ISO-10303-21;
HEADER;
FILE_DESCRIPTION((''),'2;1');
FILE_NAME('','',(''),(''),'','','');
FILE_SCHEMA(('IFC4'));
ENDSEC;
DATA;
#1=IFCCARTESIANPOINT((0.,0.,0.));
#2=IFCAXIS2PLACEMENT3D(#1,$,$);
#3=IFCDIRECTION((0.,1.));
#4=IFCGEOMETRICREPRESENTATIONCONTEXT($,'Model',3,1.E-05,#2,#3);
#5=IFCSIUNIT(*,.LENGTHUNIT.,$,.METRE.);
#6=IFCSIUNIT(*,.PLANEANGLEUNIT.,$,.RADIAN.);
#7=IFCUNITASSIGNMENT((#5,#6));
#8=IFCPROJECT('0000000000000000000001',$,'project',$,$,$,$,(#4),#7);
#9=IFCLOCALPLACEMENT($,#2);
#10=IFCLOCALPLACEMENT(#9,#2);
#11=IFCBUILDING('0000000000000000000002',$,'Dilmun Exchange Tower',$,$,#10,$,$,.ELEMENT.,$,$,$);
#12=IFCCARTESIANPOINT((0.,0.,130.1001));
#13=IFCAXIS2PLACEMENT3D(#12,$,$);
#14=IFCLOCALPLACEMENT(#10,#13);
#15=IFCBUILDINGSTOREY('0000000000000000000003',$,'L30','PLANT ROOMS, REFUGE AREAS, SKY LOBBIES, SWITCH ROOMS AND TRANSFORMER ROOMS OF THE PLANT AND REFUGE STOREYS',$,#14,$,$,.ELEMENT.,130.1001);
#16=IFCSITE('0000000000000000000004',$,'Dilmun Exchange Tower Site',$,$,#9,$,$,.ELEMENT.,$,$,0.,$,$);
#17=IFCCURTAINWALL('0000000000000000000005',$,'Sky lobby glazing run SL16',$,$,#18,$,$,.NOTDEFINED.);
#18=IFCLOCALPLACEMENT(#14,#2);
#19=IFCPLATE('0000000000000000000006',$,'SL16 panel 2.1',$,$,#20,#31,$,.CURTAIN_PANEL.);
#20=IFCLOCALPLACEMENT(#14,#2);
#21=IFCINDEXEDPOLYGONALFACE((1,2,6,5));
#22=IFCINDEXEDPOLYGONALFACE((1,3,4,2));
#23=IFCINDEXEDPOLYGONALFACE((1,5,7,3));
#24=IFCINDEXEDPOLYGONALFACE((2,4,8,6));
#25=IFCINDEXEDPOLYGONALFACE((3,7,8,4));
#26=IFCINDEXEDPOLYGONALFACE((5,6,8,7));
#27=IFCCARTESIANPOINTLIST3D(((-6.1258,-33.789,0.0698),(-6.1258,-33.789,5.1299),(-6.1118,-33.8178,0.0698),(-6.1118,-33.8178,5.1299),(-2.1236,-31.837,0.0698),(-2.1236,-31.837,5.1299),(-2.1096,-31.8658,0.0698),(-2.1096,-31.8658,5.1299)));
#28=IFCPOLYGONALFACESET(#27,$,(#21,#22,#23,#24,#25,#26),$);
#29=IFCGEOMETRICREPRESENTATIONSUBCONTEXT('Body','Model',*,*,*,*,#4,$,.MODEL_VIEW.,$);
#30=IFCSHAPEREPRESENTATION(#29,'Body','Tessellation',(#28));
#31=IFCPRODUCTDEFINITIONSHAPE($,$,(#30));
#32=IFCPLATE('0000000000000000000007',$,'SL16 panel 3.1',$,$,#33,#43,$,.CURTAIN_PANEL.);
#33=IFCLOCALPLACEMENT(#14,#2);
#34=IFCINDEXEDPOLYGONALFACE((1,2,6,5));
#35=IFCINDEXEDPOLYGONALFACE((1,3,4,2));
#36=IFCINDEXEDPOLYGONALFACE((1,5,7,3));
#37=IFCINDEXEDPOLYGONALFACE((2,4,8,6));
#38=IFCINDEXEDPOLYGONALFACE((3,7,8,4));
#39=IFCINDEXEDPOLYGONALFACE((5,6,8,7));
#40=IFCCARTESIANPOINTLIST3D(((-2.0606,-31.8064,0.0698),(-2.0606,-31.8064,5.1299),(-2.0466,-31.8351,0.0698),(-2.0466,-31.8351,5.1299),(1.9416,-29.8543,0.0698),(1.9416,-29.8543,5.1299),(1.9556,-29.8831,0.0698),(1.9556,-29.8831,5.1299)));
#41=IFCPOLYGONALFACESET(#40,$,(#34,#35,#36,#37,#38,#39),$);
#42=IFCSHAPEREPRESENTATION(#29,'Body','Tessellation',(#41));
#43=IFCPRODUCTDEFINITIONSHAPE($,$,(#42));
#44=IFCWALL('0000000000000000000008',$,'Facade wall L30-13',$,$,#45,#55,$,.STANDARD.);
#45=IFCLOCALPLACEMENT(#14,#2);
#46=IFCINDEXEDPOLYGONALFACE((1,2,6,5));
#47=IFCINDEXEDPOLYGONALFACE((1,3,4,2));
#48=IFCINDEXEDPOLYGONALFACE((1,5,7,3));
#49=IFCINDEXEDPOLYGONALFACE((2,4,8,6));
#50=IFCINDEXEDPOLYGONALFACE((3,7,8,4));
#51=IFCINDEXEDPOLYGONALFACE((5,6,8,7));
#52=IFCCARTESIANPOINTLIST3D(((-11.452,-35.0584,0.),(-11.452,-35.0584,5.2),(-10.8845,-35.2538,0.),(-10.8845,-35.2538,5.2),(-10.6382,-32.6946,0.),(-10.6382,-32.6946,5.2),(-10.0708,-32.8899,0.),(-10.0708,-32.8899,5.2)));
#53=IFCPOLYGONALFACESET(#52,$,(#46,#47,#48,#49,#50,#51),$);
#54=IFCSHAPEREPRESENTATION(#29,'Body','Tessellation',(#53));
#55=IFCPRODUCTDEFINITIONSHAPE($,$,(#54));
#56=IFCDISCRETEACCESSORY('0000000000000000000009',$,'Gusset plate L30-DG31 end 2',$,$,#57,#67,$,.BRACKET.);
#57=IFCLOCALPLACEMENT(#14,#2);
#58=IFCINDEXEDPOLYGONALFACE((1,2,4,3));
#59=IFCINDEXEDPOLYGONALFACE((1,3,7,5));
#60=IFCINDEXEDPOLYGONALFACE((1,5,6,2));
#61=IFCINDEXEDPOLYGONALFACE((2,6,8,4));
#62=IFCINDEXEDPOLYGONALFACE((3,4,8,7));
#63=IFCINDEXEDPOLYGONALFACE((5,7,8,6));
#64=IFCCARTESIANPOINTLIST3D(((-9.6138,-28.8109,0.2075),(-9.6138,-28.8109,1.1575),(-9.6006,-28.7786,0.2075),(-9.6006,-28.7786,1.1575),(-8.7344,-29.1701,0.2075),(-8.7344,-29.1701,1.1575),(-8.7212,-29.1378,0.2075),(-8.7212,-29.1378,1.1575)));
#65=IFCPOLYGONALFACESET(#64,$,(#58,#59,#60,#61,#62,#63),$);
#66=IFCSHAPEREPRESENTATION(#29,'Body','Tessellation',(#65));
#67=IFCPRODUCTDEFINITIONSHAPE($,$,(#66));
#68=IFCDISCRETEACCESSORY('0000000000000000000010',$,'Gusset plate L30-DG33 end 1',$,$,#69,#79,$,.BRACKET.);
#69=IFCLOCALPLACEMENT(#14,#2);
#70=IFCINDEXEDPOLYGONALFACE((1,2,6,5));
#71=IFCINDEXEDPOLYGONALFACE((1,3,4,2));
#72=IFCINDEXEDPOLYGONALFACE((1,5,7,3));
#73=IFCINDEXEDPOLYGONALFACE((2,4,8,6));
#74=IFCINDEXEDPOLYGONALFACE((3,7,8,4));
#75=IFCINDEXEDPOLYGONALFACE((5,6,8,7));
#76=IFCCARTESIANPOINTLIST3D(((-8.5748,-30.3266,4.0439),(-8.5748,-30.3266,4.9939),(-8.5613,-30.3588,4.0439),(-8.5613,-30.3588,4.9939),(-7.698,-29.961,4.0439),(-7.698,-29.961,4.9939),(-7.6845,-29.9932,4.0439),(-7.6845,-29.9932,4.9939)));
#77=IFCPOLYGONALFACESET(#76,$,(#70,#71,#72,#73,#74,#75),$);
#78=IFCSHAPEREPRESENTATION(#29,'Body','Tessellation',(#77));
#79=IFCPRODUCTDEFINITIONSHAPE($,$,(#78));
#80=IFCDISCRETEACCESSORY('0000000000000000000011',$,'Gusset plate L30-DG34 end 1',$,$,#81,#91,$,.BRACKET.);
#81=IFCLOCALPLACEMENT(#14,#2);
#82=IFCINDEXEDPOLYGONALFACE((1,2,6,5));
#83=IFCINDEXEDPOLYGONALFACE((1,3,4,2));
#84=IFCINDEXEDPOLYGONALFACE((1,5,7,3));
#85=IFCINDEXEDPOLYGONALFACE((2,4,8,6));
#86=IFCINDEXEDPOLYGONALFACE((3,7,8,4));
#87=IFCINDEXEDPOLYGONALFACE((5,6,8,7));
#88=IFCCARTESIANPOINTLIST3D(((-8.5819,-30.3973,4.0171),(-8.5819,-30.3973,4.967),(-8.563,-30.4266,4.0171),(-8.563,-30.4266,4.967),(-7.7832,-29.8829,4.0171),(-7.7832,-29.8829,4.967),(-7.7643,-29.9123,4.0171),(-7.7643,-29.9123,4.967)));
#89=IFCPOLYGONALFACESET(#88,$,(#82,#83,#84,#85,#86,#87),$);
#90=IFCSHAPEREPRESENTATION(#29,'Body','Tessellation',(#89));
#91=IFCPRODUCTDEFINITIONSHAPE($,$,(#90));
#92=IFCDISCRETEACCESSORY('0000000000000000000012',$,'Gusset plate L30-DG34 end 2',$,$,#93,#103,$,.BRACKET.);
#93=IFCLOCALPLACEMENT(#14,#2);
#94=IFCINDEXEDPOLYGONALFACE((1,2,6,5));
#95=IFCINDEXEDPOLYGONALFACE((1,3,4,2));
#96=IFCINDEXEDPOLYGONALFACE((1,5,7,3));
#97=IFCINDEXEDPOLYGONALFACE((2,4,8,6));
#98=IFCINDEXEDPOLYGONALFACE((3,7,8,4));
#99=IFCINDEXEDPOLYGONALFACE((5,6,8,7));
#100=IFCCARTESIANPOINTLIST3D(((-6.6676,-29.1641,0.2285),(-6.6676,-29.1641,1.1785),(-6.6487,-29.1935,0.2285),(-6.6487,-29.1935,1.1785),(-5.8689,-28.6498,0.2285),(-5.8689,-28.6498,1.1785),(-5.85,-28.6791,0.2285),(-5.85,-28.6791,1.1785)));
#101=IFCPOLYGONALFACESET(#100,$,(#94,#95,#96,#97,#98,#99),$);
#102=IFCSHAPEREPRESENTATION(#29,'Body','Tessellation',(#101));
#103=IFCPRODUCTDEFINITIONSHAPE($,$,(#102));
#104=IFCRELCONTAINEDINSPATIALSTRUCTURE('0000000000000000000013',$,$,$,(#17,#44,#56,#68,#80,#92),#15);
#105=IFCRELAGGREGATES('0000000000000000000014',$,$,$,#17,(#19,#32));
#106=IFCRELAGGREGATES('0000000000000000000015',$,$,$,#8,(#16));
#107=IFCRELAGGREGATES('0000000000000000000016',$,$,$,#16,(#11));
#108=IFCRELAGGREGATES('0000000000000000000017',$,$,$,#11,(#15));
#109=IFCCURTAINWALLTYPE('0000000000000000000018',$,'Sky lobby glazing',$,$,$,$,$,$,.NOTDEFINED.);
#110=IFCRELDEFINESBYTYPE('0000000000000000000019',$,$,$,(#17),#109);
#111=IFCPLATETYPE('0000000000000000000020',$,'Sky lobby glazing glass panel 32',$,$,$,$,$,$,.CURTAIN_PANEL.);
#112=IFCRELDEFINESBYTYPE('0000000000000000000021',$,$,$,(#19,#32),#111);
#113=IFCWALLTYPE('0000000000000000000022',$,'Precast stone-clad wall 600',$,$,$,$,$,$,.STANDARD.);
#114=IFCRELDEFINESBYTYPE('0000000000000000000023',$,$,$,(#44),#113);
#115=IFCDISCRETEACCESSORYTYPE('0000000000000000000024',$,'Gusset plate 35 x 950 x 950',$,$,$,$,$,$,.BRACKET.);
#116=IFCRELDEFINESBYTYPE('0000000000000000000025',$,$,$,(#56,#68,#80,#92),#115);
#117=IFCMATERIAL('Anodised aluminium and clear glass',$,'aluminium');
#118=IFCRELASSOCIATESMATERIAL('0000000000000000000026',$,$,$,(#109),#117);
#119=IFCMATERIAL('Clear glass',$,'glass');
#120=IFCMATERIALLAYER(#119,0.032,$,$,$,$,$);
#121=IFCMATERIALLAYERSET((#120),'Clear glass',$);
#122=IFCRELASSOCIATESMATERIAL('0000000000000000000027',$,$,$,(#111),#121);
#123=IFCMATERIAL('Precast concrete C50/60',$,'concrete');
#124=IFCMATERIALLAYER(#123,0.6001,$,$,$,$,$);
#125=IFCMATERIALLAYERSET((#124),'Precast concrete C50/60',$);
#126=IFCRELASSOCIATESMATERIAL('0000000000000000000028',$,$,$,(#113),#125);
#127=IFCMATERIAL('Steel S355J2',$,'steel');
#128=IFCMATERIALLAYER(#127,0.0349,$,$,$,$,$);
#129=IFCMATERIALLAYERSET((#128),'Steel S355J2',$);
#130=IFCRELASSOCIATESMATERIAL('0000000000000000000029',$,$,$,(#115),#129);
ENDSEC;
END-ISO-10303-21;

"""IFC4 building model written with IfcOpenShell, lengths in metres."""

from ifc_helpers import new_model, si_unit, direction, frame, frame_2d, origin, origin_2d, place, context, subcontext, project, spatial, rectangle, extrude, material, layer, layer_set, type_object, element, aggregate, save


model = new_model("IFC4")

# Units and contexts
model_context = context("Model", 3, precision=1e-05, world=origin(), true_north=direction((0.0, 1.0)))
body_context = subcontext(model_context, "Body", "Model", "MODEL_VIEW")
ifc_project = project(units=[si_unit("LENGTHUNIT", "METRE"), si_unit("PLANEANGLEUNIT", "RADIAN")], contexts=[model_context])

# Site, building, storey
site_placement = place(None, origin())
site = spatial("IfcSite", under=ifc_project, at=site_placement, Name="Dilmun Exchange Tower Site", CompositionType="ELEMENT", RefElevation=0.0)
building_placement = place(site_placement, origin())
building = spatial("IfcBuilding", under=site, at=building_placement, Name="Dilmun Exchange Tower", CompositionType="ELEMENT")
storey_placement = place(building_placement, frame((0.0, 0.0, 130.1001)))
storey = spatial("IfcBuildingStorey", under=building, at=storey_placement, Name="L30", Description="PLANT ROOMS, REFUGE AREAS, SKY LOBBIES, SWITCH ROOMS AND TRANSFORMER ROOMS OF THE PLANT AND REFUGE STOREYS", CompositionType="ELEMENT", Elevation=130.1001)

# Curtain wall
ifc_material_1 = material(Name="Anodised aluminium and clear glass", Category="aluminium")
curtain_wall_type = type_object("IfcCurtainWallType", Name="Sky lobby glazing", PredefinedType="NOTDEFINED", material=ifc_material_1)
curtain_wall_placement = place(storey_placement, origin())
curtain_wall = element("IfcCurtainWall", 1, at=curtain_wall_placement, inside=storey, type_object=curtain_wall_type, Name="Sky lobby glazing run SL16", PredefinedType="NOTDEFINED")

# Plates
ifc_material_2 = material(Name="Clear glass", Category="glass")
ifc_layer_1 = layer(ifc_material_2, 0.032)
ifc_layer_set_1 = layer_set([ifc_layer_1], Name="Clear glass")
plate_type = type_object("IfcPlateType", Name="Sky lobby glazing glass panel 32", PredefinedType="CURTAIN_PANEL", material=ifc_layer_set_1)
plate_1_placement = place(storey_placement, frame((-4.1177, -32.8274, 0.0698), z_axis=(0.0, 0.0, 1.0), x_axis=(0.898794, 0.438371, 0.0)))
plate_1 = element("IfcPlate", 2, at=plate_1_placement, type_object=plate_type, Name="SL16 panel 2.1", PredefinedType="CURTAIN_PANEL", context=body_context, shape_type="SweptSolid", body=[
    extrude(rectangle(XDim=4.4529, YDim=0.032, at=origin_2d()), origin(), (0.0, 0.0, 1.0), 5.0601),
])
plate_2_placement = place(storey_placement, frame((-0.0525, -30.8447, 0.0698), z_axis=(0.0, 0.0, 1.0), x_axis=(0.898794, 0.438371, 0.0)))
plate_2 = element("IfcPlate", 3, at=plate_2_placement, type_object=plate_type, Name="SL16 panel 3.1", PredefinedType="CURTAIN_PANEL", context=body_context, shape_type="SweptSolid", body=[
    extrude(rectangle(XDim=4.4529, YDim=0.032, at=origin_2d()), origin(), (0.0, 0.0, 1.0), 5.0601),
])
aggregate(curtain_wall, [plate_1, plate_2])

# Wall
ifc_material_3 = material(Name="Precast concrete C50/60", Category="concrete")
ifc_layer_2 = layer(ifc_material_3, 0.6001)
ifc_layer_set_2 = layer_set([ifc_layer_2], Name="Precast concrete C50/60")
wall_type = type_object("IfcWallType", Name="Precast stone-clad wall 600", PredefinedType="STANDARD", material=ifc_layer_set_2)
wall_placement = place(storey_placement, frame((-10.3545, -32.7922, 0.0), z_axis=(0.0, 0.0, 1.0), x_axis=(-0.3255, -0.945542, 0.0)))
element("IfcWall", 4, at=wall_placement, inside=storey, type_object=wall_type, Name="Facade wall L30-13", PredefinedType="STANDARD", context=body_context, shape_type="SweptSolid", body=[
    extrude(rectangle(XDim=2.5, YDim=0.6001, at=frame_2d((1.25, 0.0))), origin(), (0.0, 0.0, 1.0), 5.2),
])

# Discrete accessories
ifc_material_4 = material(Name="Steel S355J2", Category="steel")
ifc_layer_3 = layer(ifc_material_4, 0.0349)
ifc_layer_set_3 = layer_set([ifc_layer_3], Name="Steel S355J2")
discrete_accessory_type = type_object("IfcDiscreteAccessoryType", Name="Gusset plate 35 x 950 x 950", PredefinedType="BRACKET", material=ifc_layer_set_3)
for number, where, z_axis, x_axis, name in (
    (5, (-9.1675, -28.9744, 0.2075), (0.0, 0.0, 1.0), (0.925738, -0.378166, 0.0), "Gusset plate L30-DG31 end 2"),
    (6, (-8.1296, -30.1599, 4.0439), (0.0, 0.0, 1.0), (0.922995, 0.384811, 0.0), "Gusset plate L30-DG33 end 1"),
    (7, (-8.1731, -30.1548, 4.0171), (0.0, 0.0, 1.0), (0.840724, 0.541463, 0.0), "Gusset plate L30-DG34 end 1"),
    (8, (-6.2588, -28.9216, 0.2285), (0.0, 0.0, 1.0), (0.840724, 0.541463, 0.0), "Gusset plate L30-DG34 end 2"),
):
    element("IfcDiscreteAccessory", number, at=place(storey_placement, frame(where, z_axis=z_axis, x_axis=x_axis)), inside=storey, type_object=discrete_accessory_type, Name=name, PredefinedType="BRACKET", context=body_context, shape_type="SweptSolid", body=[
        extrude(rectangle(XDim=0.95, YDim=0.0349, at=origin_2d()), origin(), (0.0, 0.0, 1.0), 0.95),
    ])

save(model, "model.ifc")
